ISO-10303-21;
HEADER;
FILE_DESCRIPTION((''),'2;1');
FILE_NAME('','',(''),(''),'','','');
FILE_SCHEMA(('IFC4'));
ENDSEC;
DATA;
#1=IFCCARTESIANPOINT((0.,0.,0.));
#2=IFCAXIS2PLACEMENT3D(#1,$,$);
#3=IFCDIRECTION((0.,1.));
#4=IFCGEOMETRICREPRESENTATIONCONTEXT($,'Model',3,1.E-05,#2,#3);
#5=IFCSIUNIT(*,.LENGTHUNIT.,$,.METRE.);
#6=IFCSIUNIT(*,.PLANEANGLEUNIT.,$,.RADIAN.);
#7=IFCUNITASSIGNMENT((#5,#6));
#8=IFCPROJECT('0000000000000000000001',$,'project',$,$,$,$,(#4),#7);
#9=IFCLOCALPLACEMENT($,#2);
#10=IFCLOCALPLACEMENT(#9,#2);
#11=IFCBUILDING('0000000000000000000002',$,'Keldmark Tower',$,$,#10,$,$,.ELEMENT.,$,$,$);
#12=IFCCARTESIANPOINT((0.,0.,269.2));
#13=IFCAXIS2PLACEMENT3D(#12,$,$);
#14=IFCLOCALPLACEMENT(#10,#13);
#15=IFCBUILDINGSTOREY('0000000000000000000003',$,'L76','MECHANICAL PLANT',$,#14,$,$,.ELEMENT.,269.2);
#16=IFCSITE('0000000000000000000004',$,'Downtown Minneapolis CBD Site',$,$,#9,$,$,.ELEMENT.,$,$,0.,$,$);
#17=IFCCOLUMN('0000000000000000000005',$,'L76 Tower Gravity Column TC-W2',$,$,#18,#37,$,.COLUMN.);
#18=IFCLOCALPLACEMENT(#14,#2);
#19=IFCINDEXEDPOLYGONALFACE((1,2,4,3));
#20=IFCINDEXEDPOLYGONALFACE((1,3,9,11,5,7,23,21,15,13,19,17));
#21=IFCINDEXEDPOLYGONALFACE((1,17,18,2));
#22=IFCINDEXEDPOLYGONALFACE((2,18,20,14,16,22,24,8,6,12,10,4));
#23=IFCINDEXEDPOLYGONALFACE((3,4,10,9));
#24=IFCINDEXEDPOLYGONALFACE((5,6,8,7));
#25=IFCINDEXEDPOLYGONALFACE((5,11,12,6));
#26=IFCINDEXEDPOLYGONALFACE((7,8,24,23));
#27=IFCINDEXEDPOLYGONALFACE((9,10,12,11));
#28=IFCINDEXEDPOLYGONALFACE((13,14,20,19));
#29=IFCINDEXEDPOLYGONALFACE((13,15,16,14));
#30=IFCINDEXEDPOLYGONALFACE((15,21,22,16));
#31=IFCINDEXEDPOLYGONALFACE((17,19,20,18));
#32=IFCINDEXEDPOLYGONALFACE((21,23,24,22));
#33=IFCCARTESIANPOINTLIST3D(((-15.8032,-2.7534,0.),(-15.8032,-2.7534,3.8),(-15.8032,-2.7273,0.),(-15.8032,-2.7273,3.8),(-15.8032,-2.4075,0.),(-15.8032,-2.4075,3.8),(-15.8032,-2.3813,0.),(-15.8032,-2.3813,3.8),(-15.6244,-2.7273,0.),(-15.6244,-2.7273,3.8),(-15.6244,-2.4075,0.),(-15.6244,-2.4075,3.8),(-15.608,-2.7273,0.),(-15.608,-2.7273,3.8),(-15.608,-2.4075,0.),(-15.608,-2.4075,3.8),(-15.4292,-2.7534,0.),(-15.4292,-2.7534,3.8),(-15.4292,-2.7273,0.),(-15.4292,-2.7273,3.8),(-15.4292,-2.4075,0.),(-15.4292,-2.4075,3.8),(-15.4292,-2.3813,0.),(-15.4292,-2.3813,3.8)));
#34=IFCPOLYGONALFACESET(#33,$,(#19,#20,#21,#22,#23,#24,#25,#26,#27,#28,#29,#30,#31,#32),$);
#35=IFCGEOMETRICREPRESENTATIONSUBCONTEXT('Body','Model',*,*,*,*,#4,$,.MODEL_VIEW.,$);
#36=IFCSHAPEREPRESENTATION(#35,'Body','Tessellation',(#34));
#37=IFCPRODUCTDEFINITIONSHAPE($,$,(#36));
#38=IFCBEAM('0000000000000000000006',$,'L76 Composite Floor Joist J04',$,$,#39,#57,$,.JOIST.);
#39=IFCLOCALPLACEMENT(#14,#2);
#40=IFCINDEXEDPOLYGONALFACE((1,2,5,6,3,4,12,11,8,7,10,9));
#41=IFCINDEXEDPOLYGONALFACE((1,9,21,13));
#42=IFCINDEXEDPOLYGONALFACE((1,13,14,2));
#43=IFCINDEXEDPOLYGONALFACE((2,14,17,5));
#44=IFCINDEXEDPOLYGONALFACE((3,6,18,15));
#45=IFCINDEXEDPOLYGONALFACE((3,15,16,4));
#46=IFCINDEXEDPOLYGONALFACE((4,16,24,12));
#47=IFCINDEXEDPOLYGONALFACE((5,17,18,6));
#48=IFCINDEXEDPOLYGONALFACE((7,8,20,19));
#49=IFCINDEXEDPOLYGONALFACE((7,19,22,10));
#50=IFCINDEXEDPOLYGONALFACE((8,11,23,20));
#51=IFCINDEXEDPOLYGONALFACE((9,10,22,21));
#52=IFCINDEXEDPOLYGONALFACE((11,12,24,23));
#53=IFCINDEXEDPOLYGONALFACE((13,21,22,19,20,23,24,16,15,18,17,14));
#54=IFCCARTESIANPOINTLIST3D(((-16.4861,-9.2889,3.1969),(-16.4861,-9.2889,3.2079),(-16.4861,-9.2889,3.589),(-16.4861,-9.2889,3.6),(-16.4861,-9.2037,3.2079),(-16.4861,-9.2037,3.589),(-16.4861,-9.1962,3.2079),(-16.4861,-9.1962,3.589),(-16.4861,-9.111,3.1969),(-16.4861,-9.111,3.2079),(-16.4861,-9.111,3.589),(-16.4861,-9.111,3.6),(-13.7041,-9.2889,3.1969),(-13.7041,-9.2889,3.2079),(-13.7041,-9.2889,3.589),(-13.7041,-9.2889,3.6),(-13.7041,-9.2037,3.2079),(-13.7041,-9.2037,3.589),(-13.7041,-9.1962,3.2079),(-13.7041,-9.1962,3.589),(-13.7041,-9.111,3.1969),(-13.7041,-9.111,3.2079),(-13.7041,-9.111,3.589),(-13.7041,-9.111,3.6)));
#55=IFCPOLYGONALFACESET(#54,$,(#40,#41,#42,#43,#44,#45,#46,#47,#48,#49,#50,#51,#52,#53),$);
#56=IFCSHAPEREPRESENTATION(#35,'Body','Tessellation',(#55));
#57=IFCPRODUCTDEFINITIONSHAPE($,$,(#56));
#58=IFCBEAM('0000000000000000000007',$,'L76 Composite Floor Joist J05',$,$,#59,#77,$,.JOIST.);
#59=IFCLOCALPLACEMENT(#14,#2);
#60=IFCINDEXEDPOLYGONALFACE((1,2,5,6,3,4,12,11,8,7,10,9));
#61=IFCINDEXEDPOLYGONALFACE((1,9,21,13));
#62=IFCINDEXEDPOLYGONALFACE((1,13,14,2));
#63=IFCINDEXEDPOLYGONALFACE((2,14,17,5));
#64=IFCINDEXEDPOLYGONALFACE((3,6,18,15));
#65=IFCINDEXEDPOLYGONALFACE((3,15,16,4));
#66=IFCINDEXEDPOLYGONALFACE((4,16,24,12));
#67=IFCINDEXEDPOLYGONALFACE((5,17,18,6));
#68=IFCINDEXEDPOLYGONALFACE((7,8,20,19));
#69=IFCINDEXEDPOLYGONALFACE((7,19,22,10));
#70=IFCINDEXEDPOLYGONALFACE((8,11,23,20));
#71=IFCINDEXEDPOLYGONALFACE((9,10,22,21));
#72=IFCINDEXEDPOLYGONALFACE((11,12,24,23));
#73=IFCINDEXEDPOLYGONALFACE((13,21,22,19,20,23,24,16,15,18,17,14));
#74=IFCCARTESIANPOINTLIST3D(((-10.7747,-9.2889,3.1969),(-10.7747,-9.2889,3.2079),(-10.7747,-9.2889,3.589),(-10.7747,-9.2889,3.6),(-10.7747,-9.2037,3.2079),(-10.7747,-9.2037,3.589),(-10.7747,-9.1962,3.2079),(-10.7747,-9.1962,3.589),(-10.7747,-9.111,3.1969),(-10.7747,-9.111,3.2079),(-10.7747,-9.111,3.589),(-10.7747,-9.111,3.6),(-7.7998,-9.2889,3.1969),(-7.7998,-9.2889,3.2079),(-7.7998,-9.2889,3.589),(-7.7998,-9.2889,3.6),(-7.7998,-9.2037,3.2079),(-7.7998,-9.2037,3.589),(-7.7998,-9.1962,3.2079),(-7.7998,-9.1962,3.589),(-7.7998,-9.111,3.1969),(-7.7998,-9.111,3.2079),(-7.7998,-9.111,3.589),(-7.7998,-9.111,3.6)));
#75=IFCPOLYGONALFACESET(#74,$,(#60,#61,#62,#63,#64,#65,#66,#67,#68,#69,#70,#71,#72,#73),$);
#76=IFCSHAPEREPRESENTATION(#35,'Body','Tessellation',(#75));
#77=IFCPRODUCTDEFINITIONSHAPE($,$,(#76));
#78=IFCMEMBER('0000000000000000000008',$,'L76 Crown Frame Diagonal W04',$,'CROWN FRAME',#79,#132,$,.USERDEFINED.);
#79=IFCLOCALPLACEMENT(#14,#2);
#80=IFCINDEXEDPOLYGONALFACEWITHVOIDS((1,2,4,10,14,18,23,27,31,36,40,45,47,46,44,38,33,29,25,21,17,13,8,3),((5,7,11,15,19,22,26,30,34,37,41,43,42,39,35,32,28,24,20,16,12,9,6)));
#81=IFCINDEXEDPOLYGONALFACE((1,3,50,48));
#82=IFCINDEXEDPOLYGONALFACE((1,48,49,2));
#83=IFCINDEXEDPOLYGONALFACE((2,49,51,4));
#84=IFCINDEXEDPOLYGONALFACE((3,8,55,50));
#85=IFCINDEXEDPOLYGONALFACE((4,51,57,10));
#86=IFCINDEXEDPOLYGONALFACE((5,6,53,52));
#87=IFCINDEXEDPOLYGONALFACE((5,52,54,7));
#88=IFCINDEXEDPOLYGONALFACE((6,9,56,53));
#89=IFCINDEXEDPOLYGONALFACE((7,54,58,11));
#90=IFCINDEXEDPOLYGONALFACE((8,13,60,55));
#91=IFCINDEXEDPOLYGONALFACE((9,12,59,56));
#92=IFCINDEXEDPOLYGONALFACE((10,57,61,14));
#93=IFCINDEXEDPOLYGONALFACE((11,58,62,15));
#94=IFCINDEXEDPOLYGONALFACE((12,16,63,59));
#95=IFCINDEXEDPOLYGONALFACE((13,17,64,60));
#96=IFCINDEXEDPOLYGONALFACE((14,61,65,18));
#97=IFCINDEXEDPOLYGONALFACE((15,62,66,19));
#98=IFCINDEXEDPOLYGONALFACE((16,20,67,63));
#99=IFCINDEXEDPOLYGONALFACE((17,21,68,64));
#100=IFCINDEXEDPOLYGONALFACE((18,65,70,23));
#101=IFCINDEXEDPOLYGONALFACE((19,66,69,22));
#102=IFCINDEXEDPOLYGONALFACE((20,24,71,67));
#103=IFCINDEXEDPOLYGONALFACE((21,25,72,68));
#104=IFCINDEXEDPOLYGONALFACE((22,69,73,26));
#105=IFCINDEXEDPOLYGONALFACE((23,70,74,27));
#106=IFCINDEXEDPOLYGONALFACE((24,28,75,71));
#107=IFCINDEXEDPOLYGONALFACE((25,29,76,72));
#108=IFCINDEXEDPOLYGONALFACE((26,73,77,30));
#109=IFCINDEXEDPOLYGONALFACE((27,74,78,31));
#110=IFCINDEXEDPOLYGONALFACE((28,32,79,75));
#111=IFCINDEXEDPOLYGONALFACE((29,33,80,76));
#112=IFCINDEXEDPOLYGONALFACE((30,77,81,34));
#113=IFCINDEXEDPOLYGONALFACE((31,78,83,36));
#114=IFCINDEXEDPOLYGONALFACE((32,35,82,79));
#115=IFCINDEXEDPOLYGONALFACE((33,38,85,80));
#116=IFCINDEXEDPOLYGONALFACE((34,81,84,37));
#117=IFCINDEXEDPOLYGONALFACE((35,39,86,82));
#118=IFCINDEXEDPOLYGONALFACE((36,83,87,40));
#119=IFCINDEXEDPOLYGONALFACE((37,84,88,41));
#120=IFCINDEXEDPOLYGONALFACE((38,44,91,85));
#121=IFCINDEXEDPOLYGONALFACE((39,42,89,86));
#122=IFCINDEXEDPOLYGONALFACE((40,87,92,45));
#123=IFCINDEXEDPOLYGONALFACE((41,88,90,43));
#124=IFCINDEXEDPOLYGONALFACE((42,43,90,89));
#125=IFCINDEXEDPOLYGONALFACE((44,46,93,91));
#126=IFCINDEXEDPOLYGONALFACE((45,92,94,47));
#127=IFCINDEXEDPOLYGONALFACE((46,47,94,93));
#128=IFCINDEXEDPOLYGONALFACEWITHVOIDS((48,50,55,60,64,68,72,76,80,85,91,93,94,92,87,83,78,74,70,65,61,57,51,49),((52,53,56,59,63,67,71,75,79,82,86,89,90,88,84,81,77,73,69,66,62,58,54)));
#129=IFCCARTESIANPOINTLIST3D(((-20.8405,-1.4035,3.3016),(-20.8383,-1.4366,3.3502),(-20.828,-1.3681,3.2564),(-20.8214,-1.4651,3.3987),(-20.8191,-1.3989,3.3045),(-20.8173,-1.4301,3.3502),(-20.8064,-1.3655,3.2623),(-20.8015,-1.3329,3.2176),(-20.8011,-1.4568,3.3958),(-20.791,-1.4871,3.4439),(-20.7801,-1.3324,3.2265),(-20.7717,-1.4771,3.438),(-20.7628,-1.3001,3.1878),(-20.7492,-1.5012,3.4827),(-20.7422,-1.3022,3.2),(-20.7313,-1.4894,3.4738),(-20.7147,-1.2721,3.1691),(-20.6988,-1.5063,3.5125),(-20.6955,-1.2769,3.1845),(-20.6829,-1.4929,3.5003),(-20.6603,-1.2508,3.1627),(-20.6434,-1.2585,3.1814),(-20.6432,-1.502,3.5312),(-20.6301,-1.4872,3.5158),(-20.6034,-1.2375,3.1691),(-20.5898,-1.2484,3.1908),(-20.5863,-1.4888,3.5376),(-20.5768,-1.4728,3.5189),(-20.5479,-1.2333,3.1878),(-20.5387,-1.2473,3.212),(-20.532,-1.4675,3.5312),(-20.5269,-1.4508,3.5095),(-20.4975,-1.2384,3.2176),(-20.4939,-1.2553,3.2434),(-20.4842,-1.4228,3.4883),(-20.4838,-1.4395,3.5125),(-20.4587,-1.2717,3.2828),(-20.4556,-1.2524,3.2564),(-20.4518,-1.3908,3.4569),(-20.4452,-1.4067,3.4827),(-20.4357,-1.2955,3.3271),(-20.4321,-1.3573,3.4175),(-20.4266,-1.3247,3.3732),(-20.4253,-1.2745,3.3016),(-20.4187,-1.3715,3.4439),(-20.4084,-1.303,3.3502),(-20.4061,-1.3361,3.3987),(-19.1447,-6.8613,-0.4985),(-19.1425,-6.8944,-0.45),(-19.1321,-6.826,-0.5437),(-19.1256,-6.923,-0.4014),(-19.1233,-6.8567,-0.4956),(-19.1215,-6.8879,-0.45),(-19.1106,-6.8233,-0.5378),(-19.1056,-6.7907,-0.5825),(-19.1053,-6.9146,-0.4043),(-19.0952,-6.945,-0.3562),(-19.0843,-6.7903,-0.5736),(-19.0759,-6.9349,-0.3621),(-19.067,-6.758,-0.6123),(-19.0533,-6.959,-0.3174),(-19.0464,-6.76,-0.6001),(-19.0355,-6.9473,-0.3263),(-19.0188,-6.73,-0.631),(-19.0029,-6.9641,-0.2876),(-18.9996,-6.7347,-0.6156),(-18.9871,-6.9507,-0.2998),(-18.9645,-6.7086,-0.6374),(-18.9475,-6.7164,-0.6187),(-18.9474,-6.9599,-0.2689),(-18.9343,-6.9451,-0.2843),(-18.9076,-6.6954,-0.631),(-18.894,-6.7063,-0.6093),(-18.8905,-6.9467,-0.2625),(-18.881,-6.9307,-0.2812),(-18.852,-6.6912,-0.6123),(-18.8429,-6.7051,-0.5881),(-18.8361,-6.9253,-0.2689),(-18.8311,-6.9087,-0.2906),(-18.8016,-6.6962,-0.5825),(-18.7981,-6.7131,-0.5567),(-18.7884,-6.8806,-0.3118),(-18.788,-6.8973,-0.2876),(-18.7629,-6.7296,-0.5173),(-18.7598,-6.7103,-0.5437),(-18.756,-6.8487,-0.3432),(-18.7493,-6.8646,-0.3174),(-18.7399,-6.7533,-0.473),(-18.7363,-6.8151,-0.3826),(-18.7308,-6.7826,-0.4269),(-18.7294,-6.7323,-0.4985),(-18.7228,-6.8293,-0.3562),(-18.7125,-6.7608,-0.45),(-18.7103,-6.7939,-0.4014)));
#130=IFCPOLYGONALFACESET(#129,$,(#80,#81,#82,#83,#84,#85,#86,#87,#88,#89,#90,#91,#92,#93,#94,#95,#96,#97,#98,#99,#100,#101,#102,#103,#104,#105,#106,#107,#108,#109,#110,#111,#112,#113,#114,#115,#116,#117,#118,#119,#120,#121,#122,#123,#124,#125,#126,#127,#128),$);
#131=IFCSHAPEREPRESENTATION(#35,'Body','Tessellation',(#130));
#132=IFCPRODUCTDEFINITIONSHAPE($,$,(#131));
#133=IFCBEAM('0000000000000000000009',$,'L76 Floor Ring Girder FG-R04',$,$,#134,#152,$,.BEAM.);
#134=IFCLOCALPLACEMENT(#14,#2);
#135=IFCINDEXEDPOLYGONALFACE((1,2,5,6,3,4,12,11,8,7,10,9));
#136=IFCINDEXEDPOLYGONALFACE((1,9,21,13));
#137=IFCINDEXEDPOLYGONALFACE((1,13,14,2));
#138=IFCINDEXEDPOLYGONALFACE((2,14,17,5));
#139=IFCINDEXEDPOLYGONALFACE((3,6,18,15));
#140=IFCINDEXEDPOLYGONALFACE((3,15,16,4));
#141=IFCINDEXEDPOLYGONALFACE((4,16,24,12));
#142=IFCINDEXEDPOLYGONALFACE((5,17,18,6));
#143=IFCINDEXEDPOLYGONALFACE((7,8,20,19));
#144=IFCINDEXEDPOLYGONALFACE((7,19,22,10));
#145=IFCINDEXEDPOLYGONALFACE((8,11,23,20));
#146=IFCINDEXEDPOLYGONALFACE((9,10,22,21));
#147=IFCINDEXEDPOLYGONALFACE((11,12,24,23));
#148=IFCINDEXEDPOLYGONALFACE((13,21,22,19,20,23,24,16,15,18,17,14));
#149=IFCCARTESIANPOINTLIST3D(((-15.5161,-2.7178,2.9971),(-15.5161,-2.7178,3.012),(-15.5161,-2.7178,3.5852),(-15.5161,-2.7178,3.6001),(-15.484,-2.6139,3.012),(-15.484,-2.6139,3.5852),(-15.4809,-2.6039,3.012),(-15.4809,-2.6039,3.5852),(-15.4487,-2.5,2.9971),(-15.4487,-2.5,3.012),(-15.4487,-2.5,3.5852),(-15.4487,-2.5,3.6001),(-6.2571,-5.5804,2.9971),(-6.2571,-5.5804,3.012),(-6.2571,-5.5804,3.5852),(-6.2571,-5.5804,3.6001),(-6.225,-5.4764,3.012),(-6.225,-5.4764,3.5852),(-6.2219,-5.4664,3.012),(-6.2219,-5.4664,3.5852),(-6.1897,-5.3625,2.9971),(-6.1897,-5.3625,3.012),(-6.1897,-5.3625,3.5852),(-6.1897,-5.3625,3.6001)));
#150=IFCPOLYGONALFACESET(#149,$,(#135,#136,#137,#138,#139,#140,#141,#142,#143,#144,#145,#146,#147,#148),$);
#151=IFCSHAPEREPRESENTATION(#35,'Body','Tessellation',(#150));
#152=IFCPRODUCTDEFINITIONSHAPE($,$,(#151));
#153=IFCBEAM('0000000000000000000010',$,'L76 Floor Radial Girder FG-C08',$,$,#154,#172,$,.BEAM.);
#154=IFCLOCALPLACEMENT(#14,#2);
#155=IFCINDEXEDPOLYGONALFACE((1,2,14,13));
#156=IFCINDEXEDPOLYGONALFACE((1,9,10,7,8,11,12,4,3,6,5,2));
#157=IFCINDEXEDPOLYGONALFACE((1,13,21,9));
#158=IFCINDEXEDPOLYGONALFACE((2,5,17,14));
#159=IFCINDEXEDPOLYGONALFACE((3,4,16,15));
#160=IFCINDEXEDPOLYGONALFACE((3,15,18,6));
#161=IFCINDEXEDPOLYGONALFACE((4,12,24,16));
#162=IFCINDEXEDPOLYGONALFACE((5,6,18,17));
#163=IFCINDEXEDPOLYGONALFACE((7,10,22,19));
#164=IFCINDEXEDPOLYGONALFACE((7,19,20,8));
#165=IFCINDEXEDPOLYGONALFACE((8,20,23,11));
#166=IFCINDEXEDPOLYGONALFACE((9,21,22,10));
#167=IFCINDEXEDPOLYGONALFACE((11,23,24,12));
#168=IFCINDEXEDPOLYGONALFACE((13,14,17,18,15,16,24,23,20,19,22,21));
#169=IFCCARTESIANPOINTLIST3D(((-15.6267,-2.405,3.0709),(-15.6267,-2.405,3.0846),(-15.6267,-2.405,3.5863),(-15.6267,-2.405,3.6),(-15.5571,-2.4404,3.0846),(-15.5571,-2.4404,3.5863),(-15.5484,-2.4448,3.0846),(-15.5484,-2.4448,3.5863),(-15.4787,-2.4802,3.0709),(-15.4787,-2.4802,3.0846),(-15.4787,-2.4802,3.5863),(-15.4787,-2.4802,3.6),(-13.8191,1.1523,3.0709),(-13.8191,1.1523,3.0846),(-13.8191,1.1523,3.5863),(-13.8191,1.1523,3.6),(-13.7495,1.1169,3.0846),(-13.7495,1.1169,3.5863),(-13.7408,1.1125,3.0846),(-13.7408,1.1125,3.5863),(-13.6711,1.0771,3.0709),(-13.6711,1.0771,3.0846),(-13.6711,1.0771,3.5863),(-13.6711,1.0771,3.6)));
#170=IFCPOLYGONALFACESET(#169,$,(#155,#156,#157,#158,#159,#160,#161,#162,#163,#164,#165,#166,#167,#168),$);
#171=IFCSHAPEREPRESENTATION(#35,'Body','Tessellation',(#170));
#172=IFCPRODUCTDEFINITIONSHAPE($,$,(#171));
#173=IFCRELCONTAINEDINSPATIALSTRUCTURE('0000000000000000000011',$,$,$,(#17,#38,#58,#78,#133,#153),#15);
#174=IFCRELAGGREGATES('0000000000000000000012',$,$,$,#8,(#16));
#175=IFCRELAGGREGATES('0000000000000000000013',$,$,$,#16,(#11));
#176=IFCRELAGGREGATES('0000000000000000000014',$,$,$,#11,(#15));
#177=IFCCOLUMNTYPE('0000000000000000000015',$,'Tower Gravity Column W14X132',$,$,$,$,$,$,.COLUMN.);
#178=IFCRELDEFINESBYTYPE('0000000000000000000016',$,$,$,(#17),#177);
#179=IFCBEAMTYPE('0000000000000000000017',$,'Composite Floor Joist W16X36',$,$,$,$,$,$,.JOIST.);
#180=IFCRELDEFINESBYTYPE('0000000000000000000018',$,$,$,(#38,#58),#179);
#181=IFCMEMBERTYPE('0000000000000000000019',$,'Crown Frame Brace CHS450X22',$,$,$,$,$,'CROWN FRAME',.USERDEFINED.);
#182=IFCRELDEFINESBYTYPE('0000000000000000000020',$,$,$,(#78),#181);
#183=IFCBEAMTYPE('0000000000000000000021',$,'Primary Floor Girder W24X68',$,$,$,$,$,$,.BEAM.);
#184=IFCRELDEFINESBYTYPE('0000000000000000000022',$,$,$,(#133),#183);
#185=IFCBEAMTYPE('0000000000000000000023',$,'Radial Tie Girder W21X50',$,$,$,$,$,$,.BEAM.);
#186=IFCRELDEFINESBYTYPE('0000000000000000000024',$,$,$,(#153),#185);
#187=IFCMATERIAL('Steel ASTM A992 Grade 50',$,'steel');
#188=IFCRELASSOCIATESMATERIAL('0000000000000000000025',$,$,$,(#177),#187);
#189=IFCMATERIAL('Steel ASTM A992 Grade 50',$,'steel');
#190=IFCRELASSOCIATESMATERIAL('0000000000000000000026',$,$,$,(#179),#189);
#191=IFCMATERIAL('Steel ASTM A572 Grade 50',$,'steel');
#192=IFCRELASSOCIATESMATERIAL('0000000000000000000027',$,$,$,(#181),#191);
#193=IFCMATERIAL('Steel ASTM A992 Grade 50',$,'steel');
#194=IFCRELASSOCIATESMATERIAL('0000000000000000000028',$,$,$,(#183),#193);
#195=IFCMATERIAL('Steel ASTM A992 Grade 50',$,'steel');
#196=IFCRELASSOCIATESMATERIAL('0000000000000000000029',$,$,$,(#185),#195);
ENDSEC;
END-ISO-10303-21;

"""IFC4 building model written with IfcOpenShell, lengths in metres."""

from ifc_helpers import new_model, si_unit, direction, frame, origin, origin_2d, place, context, subcontext, project, spatial, hollow_circle, i_section, extrude, material, material_profile, profile_set, type_object, element, save


model = new_model("IFC4")

# Units and contexts
model_context = context("Model", 3, precision=1e-05, world=origin(), true_north=direction((0.0, 1.0)))
body_context = subcontext(model_context, "Body", "Model", "MODEL_VIEW")
ifc_project = project(units=[si_unit("LENGTHUNIT", "METRE"), si_unit("PLANEANGLEUNIT", "RADIAN")], contexts=[model_context])

# Site, building, storey
site_placement = place(None, origin())
site = spatial("IfcSite", under=ifc_project, at=site_placement, Name="Downtown Minneapolis CBD Site", CompositionType="ELEMENT", RefElevation=0.0)
building_placement = place(site_placement, origin())
building = spatial("IfcBuilding", under=site, at=building_placement, Name="Keldmark Tower", CompositionType="ELEMENT")
storey_placement = place(building_placement, frame((0.0, 0.0, 269.2)))
storey = spatial("IfcBuildingStorey", under=building, at=storey_placement, Name="L76", Description="MECHANICAL PLANT", CompositionType="ELEMENT", Elevation=269.2)

# Column
ifc_material_1 = material(Name="Steel ASTM A992 Grade 50", Category="steel")
ifc_material_profile_1 = material_profile(ifc_material_1, i_section(OverallWidth=0.374, OverallDepth=0.3721, WebThickness=0.0164, FlangeThickness=0.0261, at=origin_2d()), Name="W14X132")
ifc_profile_set_1 = profile_set([ifc_material_profile_1], Name="Steel ASTM A992 Grade 50")
column_type = type_object("IfcColumnType", Name="Tower Gravity Column W14X132", PredefinedType="COLUMN", material=ifc_profile_set_1)
column_placement = place(storey_placement, frame((-15.6162, -2.5674, 0.0), z_axis=(0.0, 0.0, 1.0), x_axis=(1.0, 0.0, 0.0)))
element("IfcColumn", 1, at=column_placement, inside=storey, type_object=column_type, Name="L76 Tower Gravity Column TC-W2", PredefinedType="COLUMN", context=body_context, shape_type="SweptSolid", body=[
    extrude(i_section(OverallWidth=0.374, OverallDepth=0.3721, WebThickness=0.0164, FlangeThickness=0.0261, at=origin_2d()), origin(), (0.0, 0.0, 1.0), 3.8),
])

# Beams
ifc_material_2 = material(Name="Steel ASTM A992 Grade 50", Category="steel")
ifc_material_profile_2 = material_profile(ifc_material_2, i_section(OverallWidth=0.178, OverallDepth=0.4031, WebThickness=0.0076, FlangeThickness=0.011, at=origin_2d()), Name="W16X36")
ifc_profile_set_2 = profile_set([ifc_material_profile_2], Name="Steel ASTM A992 Grade 50")
beam_type_1 = type_object("IfcBeamType", Name="Composite Floor Joist W16X36", PredefinedType="JOIST", material=ifc_profile_set_2)
beam_1_placement = place(storey_placement, frame((-16.4861, -9.2, 3.3984), z_axis=(1.0, 0.0, 0.0), x_axis=(0.0, 1.0, 0.0)))
element("IfcBeam", 2, at=beam_1_placement, inside=storey, type_object=beam_type_1, Name="L76 Composite Floor Joist J04", PredefinedType="JOIST", context=body_context, shape_type="SweptSolid", body=[
    extrude(i_section(OverallWidth=0.178, OverallDepth=0.4031, WebThickness=0.0076, FlangeThickness=0.011, at=origin_2d()), origin(), (0.0, 0.0, 1.0), 2.782),
])
beam_2_placement = place(storey_placement, frame((-10.7747, -9.2, 3.3984), z_axis=(1.0, 0.0, 0.0), x_axis=(0.0, 1.0, 0.0)))
element("IfcBeam", 3, at=beam_2_placement, inside=storey, type_object=beam_type_1, Name="L76 Composite Floor Joist J05", PredefinedType="JOIST", context=body_context, shape_type="SweptSolid", body=[
    extrude(i_section(OverallWidth=0.178, OverallDepth=0.4031, WebThickness=0.0076, FlangeThickness=0.011, at=origin_2d()), origin(), (0.0, 0.0, 1.0), 2.9749),
])

# Member
ifc_material_3 = material(Name="Steel ASTM A572 Grade 50", Category="steel")
ifc_material_profile_3 = material_profile(ifc_material_3, hollow_circle(Radius=0.2251, WallThickness=0.022, at=origin_2d()), Name="CHS450X22")
ifc_profile_set_3 = profile_set([ifc_material_profile_3], Name="Steel ASTM A572 Grade 50")
member_type = type_object("IfcMemberType", Name="Crown Frame Brace CHS450X22", ElementType="CROWN FRAME", PredefinedType="USERDEFINED", material=ifc_profile_set_3)
member_placement = place(storey_placement, frame((-18.9275, -6.8276, -0.45), z_axis=(-0.247087, 0.795223, 0.553686), x_axis=(-0.954964, -0.29672, 0.0)))
element("IfcMember", 4, at=member_placement, inside=storey, type_object=member_type, Name="L76 Crown Frame Diagonal W04", ObjectType="CROWN FRAME", PredefinedType="USERDEFINED", context=body_context, shape_type="SweptSolid", body=[
    extrude(hollow_circle(Radius=0.2251, WallThickness=0.022, at=origin_2d()), origin(), (0.0, 0.0, 1.0), 6.8633),
])

# Beams
ifc_material_4 = material(Name="Steel ASTM A992 Grade 50", Category="steel")
ifc_material_profile_4 = material_profile(ifc_material_4, i_section(OverallWidth=0.228, OverallDepth=0.603, WebThickness=0.0105, FlangeThickness=0.0149, at=origin_2d()), Name="W24X68")
ifc_profile_set_4 = profile_set([ifc_material_profile_4], Name="Steel ASTM A992 Grade 50")
beam_type_2 = type_object("IfcBeamType", Name="Primary Floor Girder W24X68", PredefinedType="BEAM", material=ifc_profile_set_4)
beam_3_placement = place(storey_placement, frame((-15.4824, -2.6089, 3.2986), z_axis=(0.955383, -0.295369, 0.0), x_axis=(0.295369, 0.955383, 0.0)))
element("IfcBeam", 5, at=beam_3_placement, inside=storey, type_object=beam_type_2, Name="L76 Floor Ring Girder FG-R04", PredefinedType="BEAM", context=body_context, shape_type="SweptSolid", body=[
    extrude(i_section(OverallWidth=0.228, OverallDepth=0.603, WebThickness=0.0105, FlangeThickness=0.0149, at=origin_2d()), origin(), (0.0, 0.0, 1.0), 9.6914),
])
ifc_material_5 = material(Name="Steel ASTM A992 Grade 50", Category="steel")
ifc_material_profile_5 = material_profile(ifc_material_5, i_section(OverallWidth=0.166, OverallDepth=0.5291, WebThickness=0.0098, FlangeThickness=0.0137, at=origin_2d()), Name="W21X50")
ifc_profile_set_5 = profile_set([ifc_material_profile_5], Name="Steel ASTM A992 Grade 50")
beam_type_3 = type_object("IfcBeamType", Name="Radial Tie Girder W21X50", PredefinedType="BEAM", material=ifc_profile_set_5)
beam_4_placement = place(storey_placement, frame((-15.5527, -2.4426, 3.3354), z_axis=(0.453004, 0.891508, 0.0), x_axis=(-0.891508, 0.453004, 0.0)))
element("IfcBeam", 6, at=beam_4_placement, inside=storey, type_object=beam_type_3, Name="L76 Floor Radial Girder FG-C08", PredefinedType="BEAM", context=body_context, shape_type="SweptSolid", body=[
    extrude(i_section(OverallWidth=0.166, OverallDepth=0.5291, WebThickness=0.0098, FlangeThickness=0.0137, at=origin_2d()), origin(), (0.0, 0.0, 1.0), 3.9902),
])

save(model, "model.ifc")
